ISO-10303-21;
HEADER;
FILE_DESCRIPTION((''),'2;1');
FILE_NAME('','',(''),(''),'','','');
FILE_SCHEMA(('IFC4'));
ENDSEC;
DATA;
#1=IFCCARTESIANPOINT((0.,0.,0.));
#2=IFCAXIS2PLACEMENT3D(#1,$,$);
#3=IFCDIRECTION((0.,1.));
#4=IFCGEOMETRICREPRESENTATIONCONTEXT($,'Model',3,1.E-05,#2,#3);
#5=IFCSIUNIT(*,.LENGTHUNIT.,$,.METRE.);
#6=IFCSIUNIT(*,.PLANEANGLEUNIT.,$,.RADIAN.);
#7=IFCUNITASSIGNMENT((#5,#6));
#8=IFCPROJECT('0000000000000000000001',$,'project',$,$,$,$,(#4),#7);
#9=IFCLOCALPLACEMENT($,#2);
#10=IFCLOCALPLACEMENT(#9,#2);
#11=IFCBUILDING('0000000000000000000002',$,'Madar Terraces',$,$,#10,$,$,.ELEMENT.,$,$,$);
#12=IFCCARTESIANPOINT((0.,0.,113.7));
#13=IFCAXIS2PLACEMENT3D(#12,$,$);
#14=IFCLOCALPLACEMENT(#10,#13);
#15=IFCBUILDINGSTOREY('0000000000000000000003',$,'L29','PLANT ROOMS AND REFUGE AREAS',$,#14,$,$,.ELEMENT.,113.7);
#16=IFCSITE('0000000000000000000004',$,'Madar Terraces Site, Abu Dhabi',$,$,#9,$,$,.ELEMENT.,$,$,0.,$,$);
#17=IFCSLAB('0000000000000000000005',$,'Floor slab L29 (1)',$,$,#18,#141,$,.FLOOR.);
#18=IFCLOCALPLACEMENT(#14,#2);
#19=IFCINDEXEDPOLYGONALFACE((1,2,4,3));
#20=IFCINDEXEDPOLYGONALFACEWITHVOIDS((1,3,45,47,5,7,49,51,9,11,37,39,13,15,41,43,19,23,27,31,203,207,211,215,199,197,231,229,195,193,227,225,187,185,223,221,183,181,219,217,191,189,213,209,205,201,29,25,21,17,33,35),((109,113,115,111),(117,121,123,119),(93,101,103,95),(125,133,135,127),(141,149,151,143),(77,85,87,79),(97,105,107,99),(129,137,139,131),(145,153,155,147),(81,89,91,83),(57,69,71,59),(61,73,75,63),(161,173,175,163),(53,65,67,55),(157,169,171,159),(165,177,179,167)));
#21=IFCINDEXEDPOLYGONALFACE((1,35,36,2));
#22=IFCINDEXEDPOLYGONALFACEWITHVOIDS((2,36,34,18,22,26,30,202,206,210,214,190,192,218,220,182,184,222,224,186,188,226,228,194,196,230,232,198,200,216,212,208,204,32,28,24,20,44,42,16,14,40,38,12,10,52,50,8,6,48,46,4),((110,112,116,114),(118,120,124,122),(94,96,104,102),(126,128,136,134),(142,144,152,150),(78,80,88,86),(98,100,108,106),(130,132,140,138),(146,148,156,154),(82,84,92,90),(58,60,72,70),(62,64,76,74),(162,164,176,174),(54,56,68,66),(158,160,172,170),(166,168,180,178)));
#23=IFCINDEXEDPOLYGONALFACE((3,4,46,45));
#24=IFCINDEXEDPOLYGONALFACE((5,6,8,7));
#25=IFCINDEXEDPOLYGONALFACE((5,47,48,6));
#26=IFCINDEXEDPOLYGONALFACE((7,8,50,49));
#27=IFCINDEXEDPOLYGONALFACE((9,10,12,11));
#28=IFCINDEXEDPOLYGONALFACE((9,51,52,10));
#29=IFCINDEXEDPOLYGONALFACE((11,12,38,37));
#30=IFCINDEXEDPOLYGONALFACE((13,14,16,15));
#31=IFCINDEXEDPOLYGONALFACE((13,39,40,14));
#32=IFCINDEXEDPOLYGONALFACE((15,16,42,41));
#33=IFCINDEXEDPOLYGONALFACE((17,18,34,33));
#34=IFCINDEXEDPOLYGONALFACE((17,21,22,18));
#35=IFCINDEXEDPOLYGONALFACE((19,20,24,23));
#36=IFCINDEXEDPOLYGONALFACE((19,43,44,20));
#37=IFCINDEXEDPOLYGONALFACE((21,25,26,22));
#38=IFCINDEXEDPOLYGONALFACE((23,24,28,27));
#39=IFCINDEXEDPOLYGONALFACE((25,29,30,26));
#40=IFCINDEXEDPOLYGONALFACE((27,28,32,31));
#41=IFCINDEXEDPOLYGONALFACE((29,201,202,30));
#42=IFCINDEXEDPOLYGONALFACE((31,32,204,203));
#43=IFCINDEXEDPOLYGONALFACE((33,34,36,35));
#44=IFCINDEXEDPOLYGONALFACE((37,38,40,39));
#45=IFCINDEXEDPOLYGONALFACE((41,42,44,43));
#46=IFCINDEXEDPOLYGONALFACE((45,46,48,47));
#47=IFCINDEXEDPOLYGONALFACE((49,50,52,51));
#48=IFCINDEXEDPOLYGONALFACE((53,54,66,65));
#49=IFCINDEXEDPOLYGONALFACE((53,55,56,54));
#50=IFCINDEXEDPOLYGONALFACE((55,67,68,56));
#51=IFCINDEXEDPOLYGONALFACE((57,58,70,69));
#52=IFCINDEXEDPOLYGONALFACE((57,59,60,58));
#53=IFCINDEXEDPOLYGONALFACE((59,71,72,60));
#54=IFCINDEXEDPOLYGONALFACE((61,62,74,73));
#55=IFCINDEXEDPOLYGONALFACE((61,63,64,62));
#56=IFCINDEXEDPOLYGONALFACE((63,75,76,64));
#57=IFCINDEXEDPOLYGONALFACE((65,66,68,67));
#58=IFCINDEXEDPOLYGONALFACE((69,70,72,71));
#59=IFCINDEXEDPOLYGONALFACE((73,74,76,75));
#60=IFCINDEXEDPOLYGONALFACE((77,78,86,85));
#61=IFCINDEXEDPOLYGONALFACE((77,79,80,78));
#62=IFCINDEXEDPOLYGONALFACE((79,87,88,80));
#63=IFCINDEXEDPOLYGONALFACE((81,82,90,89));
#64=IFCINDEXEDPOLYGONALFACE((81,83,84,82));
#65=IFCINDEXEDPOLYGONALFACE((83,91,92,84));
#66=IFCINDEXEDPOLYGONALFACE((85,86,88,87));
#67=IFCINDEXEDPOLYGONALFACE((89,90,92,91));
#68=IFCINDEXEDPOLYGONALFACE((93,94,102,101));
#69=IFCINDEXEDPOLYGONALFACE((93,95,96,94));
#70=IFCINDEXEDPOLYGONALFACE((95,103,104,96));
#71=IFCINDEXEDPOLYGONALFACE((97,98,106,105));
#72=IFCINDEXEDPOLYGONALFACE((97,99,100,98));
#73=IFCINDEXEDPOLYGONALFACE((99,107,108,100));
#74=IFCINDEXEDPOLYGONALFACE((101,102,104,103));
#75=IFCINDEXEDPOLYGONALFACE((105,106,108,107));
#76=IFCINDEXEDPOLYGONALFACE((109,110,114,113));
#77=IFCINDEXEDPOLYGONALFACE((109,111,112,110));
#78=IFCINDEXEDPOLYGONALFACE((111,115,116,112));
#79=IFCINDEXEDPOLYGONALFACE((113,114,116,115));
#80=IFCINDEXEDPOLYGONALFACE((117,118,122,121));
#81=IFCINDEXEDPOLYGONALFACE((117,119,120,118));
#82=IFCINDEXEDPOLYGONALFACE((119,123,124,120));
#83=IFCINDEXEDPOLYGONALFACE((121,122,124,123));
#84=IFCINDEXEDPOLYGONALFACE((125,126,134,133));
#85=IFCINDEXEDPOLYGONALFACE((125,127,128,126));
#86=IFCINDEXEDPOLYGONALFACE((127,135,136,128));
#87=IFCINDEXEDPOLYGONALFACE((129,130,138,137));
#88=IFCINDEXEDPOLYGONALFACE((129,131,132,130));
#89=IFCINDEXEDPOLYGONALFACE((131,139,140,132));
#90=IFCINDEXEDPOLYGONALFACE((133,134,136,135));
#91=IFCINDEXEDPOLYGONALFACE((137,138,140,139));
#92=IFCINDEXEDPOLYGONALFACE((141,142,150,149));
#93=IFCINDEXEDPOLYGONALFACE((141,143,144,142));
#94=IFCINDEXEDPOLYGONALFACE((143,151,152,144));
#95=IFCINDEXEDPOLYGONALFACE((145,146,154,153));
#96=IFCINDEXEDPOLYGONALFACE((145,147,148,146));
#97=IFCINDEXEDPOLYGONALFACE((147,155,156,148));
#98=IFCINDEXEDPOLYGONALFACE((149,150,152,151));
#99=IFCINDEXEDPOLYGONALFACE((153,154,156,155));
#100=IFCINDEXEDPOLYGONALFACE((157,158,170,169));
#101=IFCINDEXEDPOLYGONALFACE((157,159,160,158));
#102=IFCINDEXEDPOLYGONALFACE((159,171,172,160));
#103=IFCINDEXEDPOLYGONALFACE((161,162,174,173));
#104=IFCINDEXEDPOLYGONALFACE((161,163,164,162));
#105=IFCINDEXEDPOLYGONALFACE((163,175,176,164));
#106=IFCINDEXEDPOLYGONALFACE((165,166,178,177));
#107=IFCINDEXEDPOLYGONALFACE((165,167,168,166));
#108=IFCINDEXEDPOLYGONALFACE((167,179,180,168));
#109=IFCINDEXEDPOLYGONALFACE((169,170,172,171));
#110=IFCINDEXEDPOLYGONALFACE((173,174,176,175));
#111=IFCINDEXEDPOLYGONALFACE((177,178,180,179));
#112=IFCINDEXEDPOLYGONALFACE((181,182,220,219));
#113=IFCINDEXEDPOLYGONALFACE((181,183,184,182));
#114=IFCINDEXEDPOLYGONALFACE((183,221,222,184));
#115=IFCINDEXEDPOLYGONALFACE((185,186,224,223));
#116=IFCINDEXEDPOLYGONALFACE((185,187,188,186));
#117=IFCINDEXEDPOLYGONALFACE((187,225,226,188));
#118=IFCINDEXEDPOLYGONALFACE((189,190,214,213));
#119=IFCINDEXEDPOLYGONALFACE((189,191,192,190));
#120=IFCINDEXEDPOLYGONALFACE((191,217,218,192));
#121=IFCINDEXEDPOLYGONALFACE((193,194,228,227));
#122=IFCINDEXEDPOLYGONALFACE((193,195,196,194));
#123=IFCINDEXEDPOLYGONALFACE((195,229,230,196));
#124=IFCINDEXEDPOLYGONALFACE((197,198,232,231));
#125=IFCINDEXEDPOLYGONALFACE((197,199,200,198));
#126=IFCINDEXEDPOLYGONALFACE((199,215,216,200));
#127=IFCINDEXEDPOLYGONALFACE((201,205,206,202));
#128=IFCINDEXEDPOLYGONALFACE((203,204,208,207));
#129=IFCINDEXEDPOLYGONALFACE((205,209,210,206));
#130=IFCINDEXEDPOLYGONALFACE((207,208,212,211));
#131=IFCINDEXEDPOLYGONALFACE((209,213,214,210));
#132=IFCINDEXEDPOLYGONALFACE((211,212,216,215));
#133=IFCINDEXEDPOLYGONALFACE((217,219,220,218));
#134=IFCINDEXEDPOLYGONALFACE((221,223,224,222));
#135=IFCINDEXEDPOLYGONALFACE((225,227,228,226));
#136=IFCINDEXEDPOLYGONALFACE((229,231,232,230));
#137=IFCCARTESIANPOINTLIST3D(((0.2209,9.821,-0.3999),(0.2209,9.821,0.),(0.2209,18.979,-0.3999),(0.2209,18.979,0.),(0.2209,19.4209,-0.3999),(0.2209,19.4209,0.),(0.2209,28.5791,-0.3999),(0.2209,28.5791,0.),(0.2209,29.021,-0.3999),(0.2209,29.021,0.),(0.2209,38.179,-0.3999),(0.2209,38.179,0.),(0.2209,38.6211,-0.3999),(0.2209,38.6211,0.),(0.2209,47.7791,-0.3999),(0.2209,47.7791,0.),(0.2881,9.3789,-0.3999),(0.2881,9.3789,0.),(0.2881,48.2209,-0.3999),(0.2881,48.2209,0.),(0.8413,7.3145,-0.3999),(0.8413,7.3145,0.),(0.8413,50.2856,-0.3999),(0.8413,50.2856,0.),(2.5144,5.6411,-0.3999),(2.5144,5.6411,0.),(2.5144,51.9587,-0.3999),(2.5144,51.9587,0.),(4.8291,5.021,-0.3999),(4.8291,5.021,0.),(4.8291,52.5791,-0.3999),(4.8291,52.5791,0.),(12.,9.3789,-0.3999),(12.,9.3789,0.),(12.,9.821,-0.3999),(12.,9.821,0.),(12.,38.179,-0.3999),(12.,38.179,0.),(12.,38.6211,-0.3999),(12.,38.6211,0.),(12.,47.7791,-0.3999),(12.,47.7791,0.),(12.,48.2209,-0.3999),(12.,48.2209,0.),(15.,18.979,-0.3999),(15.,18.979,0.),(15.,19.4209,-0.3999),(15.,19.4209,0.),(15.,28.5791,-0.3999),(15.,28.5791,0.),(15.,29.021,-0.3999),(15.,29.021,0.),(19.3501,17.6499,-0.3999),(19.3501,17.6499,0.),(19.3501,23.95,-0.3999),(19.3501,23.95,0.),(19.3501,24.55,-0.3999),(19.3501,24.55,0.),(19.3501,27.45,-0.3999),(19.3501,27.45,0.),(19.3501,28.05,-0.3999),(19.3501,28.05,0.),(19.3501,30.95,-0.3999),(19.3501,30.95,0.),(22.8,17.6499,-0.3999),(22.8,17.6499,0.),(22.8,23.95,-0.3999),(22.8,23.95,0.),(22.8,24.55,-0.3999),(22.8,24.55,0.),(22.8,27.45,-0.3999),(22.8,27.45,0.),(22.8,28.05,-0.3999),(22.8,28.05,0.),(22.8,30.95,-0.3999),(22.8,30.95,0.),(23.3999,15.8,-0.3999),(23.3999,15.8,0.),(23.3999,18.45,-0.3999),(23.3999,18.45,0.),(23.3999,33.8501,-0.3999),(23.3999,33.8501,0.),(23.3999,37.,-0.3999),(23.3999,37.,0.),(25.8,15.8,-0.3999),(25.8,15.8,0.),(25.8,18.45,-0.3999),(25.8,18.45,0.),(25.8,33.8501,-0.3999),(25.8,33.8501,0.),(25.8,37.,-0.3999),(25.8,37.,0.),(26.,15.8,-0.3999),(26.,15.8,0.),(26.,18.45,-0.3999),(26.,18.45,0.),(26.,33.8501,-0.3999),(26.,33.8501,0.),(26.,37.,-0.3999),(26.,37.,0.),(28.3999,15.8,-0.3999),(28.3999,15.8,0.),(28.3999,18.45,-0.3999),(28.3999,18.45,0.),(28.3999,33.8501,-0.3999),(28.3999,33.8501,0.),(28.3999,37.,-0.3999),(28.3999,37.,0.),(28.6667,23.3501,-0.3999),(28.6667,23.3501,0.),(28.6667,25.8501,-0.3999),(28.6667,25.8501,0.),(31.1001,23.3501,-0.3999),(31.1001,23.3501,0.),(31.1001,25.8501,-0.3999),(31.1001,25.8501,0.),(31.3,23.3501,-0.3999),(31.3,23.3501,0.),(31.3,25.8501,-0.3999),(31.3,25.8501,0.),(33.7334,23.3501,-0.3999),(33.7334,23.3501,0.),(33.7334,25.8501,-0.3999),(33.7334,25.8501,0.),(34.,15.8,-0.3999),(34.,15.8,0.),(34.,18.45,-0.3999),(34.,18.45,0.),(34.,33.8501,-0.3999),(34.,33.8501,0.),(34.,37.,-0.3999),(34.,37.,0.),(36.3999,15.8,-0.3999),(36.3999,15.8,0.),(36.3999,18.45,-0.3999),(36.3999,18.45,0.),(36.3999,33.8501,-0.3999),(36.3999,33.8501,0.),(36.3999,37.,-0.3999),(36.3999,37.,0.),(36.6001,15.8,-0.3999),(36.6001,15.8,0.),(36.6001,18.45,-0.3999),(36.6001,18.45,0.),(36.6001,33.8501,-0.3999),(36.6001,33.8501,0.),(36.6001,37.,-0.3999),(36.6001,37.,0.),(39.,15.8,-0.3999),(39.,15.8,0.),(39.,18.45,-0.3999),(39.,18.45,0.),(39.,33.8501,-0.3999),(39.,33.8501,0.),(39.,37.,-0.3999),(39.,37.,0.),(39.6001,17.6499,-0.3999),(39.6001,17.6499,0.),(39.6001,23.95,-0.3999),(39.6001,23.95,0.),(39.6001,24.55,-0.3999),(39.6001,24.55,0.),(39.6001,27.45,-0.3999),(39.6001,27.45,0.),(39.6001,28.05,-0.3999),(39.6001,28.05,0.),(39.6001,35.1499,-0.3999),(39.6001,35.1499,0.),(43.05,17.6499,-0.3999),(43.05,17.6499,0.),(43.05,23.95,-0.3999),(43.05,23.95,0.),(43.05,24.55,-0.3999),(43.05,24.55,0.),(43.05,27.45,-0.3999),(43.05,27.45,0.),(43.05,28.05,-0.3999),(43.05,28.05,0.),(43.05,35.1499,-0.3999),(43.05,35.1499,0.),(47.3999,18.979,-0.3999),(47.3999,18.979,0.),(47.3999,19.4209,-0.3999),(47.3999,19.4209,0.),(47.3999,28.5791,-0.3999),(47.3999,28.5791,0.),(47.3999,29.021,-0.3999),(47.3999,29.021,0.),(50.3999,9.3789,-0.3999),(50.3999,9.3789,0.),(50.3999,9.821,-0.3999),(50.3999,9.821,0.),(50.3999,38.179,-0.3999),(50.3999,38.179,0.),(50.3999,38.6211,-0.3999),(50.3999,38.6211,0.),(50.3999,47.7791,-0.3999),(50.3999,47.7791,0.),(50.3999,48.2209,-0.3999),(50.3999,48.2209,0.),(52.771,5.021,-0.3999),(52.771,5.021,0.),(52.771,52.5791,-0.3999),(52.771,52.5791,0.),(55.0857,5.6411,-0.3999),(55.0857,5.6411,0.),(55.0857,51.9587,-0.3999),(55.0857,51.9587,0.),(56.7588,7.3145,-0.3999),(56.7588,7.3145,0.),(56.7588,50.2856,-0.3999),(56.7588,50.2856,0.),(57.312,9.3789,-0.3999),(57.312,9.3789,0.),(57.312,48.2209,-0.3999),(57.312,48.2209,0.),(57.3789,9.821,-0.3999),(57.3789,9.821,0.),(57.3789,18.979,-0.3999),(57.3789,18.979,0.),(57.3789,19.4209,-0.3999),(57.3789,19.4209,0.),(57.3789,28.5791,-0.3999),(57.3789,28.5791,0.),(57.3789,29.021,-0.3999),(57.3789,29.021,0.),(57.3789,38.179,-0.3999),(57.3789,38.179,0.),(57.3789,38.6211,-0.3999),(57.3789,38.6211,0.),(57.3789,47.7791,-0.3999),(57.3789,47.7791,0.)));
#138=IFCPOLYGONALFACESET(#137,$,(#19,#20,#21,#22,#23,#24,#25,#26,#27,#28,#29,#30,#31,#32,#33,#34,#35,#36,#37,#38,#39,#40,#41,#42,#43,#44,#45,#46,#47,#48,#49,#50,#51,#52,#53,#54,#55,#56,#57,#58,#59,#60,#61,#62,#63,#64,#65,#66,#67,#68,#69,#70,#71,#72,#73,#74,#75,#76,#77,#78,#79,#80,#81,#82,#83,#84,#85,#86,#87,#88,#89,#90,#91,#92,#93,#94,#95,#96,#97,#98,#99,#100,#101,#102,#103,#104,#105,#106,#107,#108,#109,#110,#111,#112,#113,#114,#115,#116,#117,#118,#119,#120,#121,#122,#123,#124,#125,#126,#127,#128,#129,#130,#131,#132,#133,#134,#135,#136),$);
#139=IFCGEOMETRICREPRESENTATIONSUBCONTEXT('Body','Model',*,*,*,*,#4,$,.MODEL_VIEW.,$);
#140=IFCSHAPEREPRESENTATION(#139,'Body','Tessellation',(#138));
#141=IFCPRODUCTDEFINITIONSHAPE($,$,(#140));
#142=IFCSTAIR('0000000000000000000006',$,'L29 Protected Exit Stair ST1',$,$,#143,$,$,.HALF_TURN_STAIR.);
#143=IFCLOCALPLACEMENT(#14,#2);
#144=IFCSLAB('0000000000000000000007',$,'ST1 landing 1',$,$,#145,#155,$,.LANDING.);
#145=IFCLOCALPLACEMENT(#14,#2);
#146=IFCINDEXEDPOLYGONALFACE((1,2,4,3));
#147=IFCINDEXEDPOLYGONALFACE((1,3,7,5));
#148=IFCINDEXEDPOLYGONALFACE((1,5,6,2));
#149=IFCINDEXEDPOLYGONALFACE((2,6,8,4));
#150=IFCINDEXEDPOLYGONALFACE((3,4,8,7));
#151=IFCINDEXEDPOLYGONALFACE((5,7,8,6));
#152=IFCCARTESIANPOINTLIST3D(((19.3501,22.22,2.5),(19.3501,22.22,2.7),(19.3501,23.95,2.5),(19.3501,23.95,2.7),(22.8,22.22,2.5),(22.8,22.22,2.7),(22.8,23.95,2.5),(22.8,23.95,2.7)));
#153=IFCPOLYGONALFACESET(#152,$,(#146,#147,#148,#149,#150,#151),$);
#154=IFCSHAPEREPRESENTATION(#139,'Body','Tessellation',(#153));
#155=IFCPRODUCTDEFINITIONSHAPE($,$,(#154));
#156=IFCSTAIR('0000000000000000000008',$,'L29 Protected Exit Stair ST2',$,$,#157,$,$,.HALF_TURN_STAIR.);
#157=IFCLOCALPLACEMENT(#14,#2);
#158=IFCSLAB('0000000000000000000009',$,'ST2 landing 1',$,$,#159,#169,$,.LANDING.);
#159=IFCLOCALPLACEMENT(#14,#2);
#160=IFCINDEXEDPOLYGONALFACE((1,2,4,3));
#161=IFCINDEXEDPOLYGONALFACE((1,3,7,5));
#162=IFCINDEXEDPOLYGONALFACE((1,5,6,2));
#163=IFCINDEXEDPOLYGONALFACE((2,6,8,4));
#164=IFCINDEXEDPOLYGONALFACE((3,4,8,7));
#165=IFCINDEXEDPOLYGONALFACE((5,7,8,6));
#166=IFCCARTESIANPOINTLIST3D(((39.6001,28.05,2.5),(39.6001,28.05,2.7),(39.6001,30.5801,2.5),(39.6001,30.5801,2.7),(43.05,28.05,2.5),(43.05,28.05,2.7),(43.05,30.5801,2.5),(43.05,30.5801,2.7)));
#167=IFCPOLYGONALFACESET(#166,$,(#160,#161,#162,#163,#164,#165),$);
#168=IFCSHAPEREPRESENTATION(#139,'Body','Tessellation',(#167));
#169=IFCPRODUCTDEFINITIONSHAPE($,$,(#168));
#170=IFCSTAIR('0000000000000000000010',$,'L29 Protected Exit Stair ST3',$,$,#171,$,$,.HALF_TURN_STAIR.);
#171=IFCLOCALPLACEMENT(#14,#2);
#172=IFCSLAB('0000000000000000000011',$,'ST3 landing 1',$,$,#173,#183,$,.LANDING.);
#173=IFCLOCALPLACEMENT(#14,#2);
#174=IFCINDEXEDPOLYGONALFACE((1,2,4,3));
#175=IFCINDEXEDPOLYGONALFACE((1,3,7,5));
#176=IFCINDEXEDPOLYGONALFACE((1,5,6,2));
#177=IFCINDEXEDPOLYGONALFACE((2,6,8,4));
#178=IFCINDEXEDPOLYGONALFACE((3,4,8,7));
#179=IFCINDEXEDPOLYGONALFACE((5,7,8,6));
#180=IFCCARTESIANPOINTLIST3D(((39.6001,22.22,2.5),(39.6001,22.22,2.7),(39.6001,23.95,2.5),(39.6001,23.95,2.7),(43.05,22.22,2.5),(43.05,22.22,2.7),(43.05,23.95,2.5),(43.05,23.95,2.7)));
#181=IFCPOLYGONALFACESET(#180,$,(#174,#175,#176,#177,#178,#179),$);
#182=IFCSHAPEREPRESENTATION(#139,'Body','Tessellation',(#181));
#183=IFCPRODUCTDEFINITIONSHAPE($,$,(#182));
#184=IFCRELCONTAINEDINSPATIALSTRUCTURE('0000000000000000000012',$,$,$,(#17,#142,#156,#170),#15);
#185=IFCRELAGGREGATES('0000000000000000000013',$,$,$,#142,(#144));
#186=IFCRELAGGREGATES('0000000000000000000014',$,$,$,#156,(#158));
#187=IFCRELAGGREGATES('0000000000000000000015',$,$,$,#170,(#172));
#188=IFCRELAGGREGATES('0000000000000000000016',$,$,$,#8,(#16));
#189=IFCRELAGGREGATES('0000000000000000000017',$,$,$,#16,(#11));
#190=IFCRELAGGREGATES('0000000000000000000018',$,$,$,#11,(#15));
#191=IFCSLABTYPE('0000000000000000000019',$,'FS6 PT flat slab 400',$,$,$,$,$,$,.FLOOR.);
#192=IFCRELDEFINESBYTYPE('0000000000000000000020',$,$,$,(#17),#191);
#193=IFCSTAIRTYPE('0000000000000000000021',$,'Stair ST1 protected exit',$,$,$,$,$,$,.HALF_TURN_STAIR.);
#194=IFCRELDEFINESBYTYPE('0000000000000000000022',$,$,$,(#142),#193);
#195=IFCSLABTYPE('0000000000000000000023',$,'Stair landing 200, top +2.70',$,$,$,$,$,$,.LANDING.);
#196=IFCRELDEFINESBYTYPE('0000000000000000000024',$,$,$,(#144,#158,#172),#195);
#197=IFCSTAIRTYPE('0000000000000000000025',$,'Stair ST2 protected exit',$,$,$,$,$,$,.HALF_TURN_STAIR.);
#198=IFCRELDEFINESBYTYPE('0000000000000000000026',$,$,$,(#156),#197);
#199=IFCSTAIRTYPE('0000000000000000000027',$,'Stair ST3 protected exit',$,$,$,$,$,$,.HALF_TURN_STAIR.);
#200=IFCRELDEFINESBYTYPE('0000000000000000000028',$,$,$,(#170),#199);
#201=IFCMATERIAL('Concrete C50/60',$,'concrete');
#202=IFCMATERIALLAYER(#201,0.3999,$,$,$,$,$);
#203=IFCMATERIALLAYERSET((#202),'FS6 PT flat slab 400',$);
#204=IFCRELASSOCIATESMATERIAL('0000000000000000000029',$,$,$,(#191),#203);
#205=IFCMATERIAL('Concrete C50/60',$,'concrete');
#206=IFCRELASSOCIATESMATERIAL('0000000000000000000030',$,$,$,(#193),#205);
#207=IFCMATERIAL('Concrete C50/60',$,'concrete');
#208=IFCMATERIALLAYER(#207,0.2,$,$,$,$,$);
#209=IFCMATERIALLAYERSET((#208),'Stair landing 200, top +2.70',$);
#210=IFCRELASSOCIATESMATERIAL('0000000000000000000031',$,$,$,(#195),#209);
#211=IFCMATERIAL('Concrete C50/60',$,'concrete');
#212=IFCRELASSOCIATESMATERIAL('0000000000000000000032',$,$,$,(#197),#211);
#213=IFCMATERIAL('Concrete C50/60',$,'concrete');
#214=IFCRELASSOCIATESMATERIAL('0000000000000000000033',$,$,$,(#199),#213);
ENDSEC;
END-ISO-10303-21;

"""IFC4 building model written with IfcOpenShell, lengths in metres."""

from ifc_helpers import new_model, si_unit, direction, frame, origin, place, context, subcontext, project, spatial, polyline, outline, extrude, material, layer, layer_set, type_object, element, aggregate, save


model = new_model("IFC4")

# Units and contexts
model_context = context("Model", 3, precision=1e-05, world=origin(), true_north=direction((0.0, 1.0)))
body_context = subcontext(model_context, "Body", "Model", "MODEL_VIEW")
ifc_project = project(units=[si_unit("LENGTHUNIT", "METRE"), si_unit("PLANEANGLEUNIT", "RADIAN")], contexts=[model_context])

# Site, building, storey
site_placement = place(None, origin())
site = spatial("IfcSite", under=ifc_project, at=site_placement, Name="Madar Terraces Site, Abu Dhabi", CompositionType="ELEMENT", RefElevation=0.0)
building_placement = place(site_placement, origin())
building = spatial("IfcBuilding", under=site, at=building_placement, Name="Madar Terraces", CompositionType="ELEMENT")
storey_placement = place(building_placement, frame((0.0, 0.0, 113.7)))
storey = spatial("IfcBuildingStorey", under=building, at=storey_placement, Name="L29", Description="PLANT ROOMS AND REFUGE AREAS", CompositionType="ELEMENT", Elevation=113.7)

# Slab
ifc_material_1 = material(Name="Concrete C50/60", Category="concrete")
ifc_layer_1 = layer(ifc_material_1, 0.3999)
ifc_layer_set_1 = layer_set([ifc_layer_1], Name="FS6 PT flat slab 400")
slab_type_1 = type_object("IfcSlabType", Name="FS6 PT flat slab 400", PredefinedType="FLOOR", material=ifc_layer_set_1)
slab_1_placement = place(storey_placement, frame((0.0, 0.0, -0.3999)))
element("IfcSlab", 1, at=slab_1_placement, inside=storey, type_object=slab_type_1, Name="Floor slab L29 (1)", PredefinedType="FLOOR", context=body_context, shape_type="SweptSolid", body=[
    extrude(outline(polyline([(4.8291, 5.021), (52.771, 5.021), (55.0857, 5.6411), (56.7588, 7.3145), (57.312, 9.3789), (50.3999, 9.3789), (50.3999, 9.821), (57.3789, 9.821), (57.3789, 18.979), (47.3999, 18.979), (47.3999, 19.4209), (57.3789, 19.4209), (57.3789, 28.5791), (47.3999, 28.5791), (47.3999, 29.021), (57.3789, 29.021), (57.3789, 38.179), (50.3999, 38.179), (50.3999, 38.6211), (57.3789, 38.6211), (57.3789, 47.7791), (50.3999, 47.7791), (50.3999, 48.2209), (57.312, 48.2209), (56.7588, 50.2856), (55.0857, 51.9587), (52.771, 52.5791), (4.8291, 52.5791), (2.5144, 51.9587), (0.8413, 50.2856), (0.2881, 48.2209), (12.0, 48.2209), (12.0, 47.7791), (0.2209, 47.7791), (0.2209, 38.6211), (12.0, 38.6211), (12.0, 38.179), (0.2209, 38.179), (0.2209, 29.021), (15.0, 29.021), (15.0, 28.5791), (0.2209, 28.5791), (0.2209, 19.4209), (15.0, 19.4209), (15.0, 18.979), (0.2209, 18.979), (0.2209, 9.821), (12.0, 9.821), (12.0, 9.3789), (0.2881, 9.3789), (0.8413, 7.3145), (2.5144, 5.6411), (4.8291, 5.021)]), holes=[polyline([(23.3999, 15.8), (23.3999, 18.45), (25.8, 18.45), (25.8, 15.8), (23.3999, 15.8)]), polyline([(26.0, 15.8), (26.0, 18.45), (28.3999, 18.45), (28.3999, 15.8), (26.0, 15.8)]), polyline([(19.3501, 17.6499), (19.3501, 23.95), (22.8, 23.95), (22.8, 17.6499), (19.3501, 17.6499)]), polyline([(28.6667, 23.3501), (28.6667, 25.8501), (31.1001, 25.8501), (31.1001, 23.3501), (28.6667, 23.3501)]), polyline([(19.3501, 24.55), (19.3501, 27.45), (22.8, 27.45), (22.8, 24.55), (19.3501, 24.55)]), polyline([(19.3501, 28.05), (19.3501, 30.95), (22.8, 30.95), (22.8, 28.05), (19.3501, 28.05)]), polyline([(23.3999, 33.8501), (23.3999, 37.0), (25.8, 37.0), (25.8, 33.8501), (23.3999, 33.8501)]), polyline([(26.0, 33.8501), (26.0, 37.0), (28.3999, 37.0), (28.3999, 33.8501), (26.0, 33.8501)]), polyline([(34.0, 15.8), (34.0, 18.45), (36.3999, 18.45), (36.3999, 15.8), (34.0, 15.8)]), polyline([(36.6001, 15.8), (36.6001, 18.45), (39.0, 18.45), (39.0, 15.8), (36.6001, 15.8)]), polyline([(39.6001, 17.6499), (39.6001, 23.95), (43.05, 23.95), (43.05, 17.6499), (39.6001, 17.6499)]), polyline([(31.3, 23.3501), (31.3, 25.8501), (33.7334, 25.8501), (33.7334, 23.3501), (31.3, 23.3501)]), polyline([(39.6001, 24.55), (39.6001, 27.45), (43.05, 27.45), (43.05, 24.55), (39.6001, 24.55)]), polyline([(39.6001, 28.05), (39.6001, 35.1499), (43.05, 35.1499), (43.05, 28.05), (39.6001, 28.05)]), polyline([(34.0, 33.8501), (34.0, 37.0), (36.3999, 37.0), (36.3999, 33.8501), (34.0, 33.8501)]), polyline([(36.6001, 33.8501), (36.6001, 37.0), (39.0, 37.0), (39.0, 33.8501), (36.6001, 33.8501)])]), origin(), (0.0, 0.0, 1.0), 0.3999),
])

# Stairs, slabs
ifc_material_2 = material(Name="Concrete C50/60", Category="concrete")
stair_type_1 = type_object("IfcStairType", Name="Stair ST1 protected exit", PredefinedType="HALF_TURN_STAIR", material=ifc_material_2)
stair_1_placement = place(storey_placement, origin())
stair_1 = element("IfcStair", 2, at=stair_1_placement, inside=storey, type_object=stair_type_1, Name="L29 Protected Exit Stair ST1", PredefinedType="HALF_TURN_STAIR")
ifc_material_3 = material(Name="Concrete C50/60", Category="concrete")
ifc_layer_2 = layer(ifc_material_3, 0.2)
ifc_layer_set_2 = layer_set([ifc_layer_2], Name="Stair landing 200, top +2.70")
slab_type_2 = type_object("IfcSlabType", Name="Stair landing 200, top +2.70", PredefinedType="LANDING", material=ifc_layer_set_2)
slab_2_placement = place(storey_placement, frame((0.0, 0.0, 2.5)))
slab_2 = element("IfcSlab", 3, at=slab_2_placement, type_object=slab_type_2, Name="ST1 landing 1", PredefinedType="LANDING", context=body_context, shape_type="SweptSolid", body=[
    extrude(outline(polyline([(19.3501, 22.22), (22.8, 22.22), (22.8, 23.95), (19.3501, 23.95), (19.3501, 22.22)])), origin(), (0.0, 0.0, 1.0), 0.2),
])
aggregate(stair_1, [slab_2])
ifc_material_4 = material(Name="Concrete C50/60", Category="concrete")
stair_type_2 = type_object("IfcStairType", Name="Stair ST2 protected exit", PredefinedType="HALF_TURN_STAIR", material=ifc_material_4)
stair_2_placement = place(storey_placement, origin())
stair_2 = element("IfcStair", 4, at=stair_2_placement, inside=storey, type_object=stair_type_2, Name="L29 Protected Exit Stair ST2", PredefinedType="HALF_TURN_STAIR")
slab_3_placement = place(storey_placement, frame((0.0, 0.0, 2.5)))
slab_3 = element("IfcSlab", 5, at=slab_3_placement, type_object=slab_type_2, Name="ST2 landing 1", PredefinedType="LANDING", context=body_context, shape_type="SweptSolid", body=[
    extrude(outline(polyline([(39.6001, 28.05), (43.05, 28.05), (43.05, 30.5801), (39.6001, 30.5801), (39.6001, 28.05)])), origin(), (0.0, 0.0, 1.0), 0.2),
])
aggregate(stair_2, [slab_3])
ifc_material_5 = material(Name="Concrete C50/60", Category="concrete")
stair_type_3 = type_object("IfcStairType", Name="Stair ST3 protected exit", PredefinedType="HALF_TURN_STAIR", material=ifc_material_5)
stair_3_placement = place(storey_placement, origin())
stair_3 = element("IfcStair", 6, at=stair_3_placement, inside=storey, type_object=stair_type_3, Name="L29 Protected Exit Stair ST3", PredefinedType="HALF_TURN_STAIR")
slab_4_placement = place(storey_placement, frame((0.0, 0.0, 2.5)))
slab_4 = element("IfcSlab", 7, at=slab_4_placement, type_object=slab_type_2, Name="ST3 landing 1", PredefinedType="LANDING", context=body_context, shape_type="SweptSolid", body=[
    extrude(outline(polyline([(39.6001, 22.22), (43.05, 22.22), (43.05, 23.95), (39.6001, 23.95), (39.6001, 22.22)])), origin(), (0.0, 0.0, 1.0), 0.2),
])
aggregate(stair_3, [slab_4])

save(model, "model.ifc")
